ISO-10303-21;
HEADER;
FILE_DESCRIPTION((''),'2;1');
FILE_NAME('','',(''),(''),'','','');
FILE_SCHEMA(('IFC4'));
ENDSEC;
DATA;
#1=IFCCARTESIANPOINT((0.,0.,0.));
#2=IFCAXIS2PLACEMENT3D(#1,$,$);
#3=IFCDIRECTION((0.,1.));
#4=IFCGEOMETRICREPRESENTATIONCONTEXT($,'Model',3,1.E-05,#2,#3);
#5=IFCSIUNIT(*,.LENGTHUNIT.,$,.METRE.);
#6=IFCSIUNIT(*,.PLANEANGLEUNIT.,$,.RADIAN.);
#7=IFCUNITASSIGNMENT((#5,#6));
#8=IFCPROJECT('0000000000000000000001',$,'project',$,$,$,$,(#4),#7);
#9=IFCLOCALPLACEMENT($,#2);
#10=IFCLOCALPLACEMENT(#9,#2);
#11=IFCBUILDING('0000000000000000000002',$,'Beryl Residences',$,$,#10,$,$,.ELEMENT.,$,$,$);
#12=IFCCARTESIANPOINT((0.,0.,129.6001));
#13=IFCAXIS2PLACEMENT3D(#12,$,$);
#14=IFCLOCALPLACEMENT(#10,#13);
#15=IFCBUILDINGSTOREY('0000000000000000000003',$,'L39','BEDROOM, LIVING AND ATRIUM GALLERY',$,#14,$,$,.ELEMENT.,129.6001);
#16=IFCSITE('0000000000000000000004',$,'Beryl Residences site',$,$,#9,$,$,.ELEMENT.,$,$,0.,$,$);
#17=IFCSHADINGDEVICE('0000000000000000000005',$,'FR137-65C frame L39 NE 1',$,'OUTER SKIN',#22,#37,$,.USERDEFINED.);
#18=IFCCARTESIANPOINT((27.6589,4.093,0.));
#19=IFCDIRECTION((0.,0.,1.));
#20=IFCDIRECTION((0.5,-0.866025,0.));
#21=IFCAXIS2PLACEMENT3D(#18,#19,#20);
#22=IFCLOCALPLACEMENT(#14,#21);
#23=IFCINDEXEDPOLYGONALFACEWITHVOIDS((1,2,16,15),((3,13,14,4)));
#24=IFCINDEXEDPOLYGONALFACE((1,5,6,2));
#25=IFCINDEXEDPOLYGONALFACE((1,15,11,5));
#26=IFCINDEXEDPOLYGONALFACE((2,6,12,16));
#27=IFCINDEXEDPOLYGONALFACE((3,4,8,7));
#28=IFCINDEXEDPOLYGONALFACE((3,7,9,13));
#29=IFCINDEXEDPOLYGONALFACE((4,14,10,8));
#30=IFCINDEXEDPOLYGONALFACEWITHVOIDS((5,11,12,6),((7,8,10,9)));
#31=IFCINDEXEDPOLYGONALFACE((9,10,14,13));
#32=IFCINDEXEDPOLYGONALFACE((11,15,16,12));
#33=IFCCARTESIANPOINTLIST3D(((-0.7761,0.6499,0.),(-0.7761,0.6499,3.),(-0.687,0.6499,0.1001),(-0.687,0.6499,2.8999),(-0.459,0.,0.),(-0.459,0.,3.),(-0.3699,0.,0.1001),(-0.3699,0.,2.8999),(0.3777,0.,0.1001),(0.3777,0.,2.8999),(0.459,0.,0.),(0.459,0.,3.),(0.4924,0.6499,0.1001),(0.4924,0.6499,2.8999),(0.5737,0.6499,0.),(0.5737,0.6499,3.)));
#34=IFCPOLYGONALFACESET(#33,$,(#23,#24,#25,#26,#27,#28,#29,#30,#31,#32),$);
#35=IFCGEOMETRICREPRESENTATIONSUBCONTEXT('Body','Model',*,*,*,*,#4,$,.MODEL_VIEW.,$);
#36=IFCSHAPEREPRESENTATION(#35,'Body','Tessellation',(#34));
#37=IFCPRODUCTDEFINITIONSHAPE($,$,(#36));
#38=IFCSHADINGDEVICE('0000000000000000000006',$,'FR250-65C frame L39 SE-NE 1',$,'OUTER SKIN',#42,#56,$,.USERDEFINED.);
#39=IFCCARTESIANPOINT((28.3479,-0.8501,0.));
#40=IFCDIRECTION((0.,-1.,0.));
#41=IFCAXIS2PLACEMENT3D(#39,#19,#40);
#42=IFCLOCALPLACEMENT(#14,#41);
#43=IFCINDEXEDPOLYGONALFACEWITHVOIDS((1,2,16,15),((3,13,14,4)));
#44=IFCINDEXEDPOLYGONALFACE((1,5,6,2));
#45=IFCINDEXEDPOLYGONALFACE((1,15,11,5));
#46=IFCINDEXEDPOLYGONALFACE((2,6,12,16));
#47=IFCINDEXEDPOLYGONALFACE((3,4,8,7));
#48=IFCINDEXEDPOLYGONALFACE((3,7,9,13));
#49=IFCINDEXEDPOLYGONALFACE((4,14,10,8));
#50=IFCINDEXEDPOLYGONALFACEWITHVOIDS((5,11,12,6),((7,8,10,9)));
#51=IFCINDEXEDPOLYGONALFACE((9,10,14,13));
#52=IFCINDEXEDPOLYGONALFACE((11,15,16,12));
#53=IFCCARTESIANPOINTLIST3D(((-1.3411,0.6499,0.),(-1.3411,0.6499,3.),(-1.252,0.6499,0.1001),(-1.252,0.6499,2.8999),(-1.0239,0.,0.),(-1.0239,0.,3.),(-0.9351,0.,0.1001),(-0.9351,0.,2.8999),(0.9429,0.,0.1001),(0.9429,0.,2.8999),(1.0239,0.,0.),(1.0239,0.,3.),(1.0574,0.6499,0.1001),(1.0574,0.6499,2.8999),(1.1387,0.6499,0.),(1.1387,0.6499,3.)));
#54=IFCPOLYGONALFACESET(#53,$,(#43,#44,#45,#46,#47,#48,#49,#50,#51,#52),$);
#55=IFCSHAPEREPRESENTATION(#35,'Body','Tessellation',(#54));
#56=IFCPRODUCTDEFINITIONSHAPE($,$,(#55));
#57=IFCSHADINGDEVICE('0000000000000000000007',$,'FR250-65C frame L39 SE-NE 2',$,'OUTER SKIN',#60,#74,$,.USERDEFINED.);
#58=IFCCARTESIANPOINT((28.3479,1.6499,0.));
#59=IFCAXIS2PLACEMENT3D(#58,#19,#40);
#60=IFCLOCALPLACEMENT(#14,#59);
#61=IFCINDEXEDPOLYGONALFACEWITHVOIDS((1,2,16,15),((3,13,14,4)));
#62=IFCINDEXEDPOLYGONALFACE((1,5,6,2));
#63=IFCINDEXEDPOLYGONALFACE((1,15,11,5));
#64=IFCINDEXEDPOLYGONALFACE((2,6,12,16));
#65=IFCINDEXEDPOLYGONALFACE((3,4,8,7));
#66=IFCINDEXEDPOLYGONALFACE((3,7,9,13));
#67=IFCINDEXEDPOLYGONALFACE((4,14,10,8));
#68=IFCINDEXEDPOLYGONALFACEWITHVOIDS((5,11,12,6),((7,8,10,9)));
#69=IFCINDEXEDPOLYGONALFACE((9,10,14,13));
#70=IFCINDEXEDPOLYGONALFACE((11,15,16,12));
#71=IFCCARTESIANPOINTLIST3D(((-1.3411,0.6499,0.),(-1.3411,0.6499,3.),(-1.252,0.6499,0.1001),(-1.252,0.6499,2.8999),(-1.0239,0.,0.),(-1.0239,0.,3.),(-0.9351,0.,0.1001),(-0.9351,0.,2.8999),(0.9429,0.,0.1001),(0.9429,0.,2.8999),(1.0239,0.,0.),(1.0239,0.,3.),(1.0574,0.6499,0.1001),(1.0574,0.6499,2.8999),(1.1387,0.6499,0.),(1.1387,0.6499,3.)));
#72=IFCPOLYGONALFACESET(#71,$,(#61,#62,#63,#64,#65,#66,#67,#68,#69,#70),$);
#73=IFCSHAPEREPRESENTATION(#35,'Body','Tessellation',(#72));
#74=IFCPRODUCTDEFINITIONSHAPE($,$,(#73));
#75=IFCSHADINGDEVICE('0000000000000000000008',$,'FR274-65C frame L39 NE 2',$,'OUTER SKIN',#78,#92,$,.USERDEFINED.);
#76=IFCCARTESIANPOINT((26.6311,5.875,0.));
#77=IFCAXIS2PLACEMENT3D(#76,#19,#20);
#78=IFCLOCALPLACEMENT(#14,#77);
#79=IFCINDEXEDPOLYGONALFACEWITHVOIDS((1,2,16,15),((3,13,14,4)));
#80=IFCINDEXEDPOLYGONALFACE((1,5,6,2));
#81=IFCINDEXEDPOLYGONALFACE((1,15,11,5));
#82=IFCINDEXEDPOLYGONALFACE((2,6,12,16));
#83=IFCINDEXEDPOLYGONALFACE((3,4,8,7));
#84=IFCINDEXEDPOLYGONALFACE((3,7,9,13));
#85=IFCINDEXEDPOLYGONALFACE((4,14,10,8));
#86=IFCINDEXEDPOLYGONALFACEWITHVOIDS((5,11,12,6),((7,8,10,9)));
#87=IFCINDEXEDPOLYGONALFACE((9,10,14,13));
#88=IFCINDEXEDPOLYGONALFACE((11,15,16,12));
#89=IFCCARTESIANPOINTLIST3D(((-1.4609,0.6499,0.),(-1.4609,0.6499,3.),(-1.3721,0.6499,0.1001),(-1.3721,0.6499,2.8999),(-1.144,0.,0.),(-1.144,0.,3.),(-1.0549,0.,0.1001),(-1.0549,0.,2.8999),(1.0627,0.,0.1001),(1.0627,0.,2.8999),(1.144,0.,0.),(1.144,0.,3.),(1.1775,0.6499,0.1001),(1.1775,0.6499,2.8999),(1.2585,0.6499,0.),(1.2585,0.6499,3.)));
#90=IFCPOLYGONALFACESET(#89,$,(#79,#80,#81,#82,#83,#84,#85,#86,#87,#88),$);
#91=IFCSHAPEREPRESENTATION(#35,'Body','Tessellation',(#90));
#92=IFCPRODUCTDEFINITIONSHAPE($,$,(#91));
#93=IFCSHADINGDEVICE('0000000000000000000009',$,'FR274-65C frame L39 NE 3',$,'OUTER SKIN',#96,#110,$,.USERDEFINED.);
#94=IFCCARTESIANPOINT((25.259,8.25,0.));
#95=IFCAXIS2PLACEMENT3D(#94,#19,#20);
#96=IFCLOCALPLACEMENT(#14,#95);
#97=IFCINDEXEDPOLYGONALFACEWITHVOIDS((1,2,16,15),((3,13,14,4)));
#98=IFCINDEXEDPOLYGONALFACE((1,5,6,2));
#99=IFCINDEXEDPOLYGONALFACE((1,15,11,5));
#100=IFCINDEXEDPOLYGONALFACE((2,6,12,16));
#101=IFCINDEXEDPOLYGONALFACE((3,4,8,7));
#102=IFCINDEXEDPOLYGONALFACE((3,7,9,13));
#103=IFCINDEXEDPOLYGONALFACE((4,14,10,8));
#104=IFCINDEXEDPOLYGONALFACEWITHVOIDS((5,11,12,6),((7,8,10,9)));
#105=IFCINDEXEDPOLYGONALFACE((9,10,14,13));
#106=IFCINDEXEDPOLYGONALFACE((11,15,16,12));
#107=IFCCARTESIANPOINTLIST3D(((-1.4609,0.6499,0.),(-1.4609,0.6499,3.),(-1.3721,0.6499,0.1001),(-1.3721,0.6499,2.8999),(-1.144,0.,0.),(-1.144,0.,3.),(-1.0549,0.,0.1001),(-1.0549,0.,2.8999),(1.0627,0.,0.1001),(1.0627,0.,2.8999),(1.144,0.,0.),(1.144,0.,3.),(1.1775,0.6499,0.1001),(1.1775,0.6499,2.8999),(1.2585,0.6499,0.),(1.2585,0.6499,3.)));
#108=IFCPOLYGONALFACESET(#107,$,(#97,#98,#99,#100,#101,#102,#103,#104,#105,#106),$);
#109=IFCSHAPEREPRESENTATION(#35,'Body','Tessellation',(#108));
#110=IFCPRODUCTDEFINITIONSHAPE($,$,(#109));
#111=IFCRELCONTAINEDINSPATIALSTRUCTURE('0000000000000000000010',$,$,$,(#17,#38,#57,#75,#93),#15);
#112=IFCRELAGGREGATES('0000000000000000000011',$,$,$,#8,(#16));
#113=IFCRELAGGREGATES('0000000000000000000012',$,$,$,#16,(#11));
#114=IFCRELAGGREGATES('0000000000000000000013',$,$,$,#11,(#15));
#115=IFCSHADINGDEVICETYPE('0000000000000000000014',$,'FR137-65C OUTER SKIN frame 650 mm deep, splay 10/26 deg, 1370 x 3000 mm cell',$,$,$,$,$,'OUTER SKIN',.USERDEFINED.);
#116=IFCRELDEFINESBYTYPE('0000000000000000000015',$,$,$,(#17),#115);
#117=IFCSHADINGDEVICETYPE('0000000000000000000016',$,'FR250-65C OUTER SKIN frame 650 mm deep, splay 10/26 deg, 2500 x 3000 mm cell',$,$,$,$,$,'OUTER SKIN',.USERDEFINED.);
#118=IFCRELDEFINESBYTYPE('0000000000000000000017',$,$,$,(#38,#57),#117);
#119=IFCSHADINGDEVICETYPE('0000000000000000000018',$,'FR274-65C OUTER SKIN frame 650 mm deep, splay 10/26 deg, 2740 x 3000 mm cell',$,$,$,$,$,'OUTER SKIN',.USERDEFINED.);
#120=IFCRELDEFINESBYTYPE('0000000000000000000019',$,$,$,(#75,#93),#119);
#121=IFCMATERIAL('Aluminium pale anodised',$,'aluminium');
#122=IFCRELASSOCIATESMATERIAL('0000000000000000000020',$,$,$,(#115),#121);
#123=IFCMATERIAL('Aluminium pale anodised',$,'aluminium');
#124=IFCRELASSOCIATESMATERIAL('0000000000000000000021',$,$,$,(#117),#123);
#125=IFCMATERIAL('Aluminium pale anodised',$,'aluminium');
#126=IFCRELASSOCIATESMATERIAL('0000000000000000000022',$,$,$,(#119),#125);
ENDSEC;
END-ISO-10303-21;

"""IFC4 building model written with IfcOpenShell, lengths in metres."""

from ifc_helpers import new_model, entity, si_unit, direction, frame, origin, place, context, subcontext, project, spatial, source, transform, mapped, material, type_object, type_shapes, element, save


model = new_model("IFC4")

# Units and contexts
model_context = context("Model", 3, precision=1e-05, world=origin(), true_north=direction((0.0, 1.0)))
body_context = subcontext(model_context, "Body", "Model", "MODEL_VIEW")
ifc_project = project(units=[si_unit("LENGTHUNIT", "METRE"), si_unit("PLANEANGLEUNIT", "RADIAN")], contexts=[model_context])

# Site, building, storey
site_placement = place(None, origin())
site = spatial("IfcSite", under=ifc_project, at=site_placement, Name="Beryl Residences site", CompositionType="ELEMENT", RefElevation=0.0)
building_placement = place(site_placement, origin())
building = spatial("IfcBuilding", under=site, at=building_placement, Name="Beryl Residences", CompositionType="ELEMENT")
storey_placement = place(building_placement, frame((0.0, 0.0, 129.6001)))
storey = spatial("IfcBuildingStorey", under=building, at=storey_placement, Name="L39", Description="BEDROOM, LIVING AND ATRIUM GALLERY", CompositionType="ELEMENT", Elevation=129.6001)

# Shading devices
ifc_material_1 = material(Name="Aluminium pale anodised", Category="aluminium")
shading_device_type_1 = type_object("IfcShadingDeviceType", Name="FR137-65C OUTER SKIN frame 650 mm deep, splay 10/26 deg, 1370 x 3000 mm cell", ElementType="OUTER SKIN", PredefinedType="USERDEFINED", material=ifc_material_1)
cartesian_point_1 = entity("IfcCartesianPoint", [-0.459, 0.0])
cartesian_point_2 = entity("IfcCartesianPoint", [-0.3777, 0.1001])
cartesian_point_3 = entity("IfcCartesianPoint", [-0.5737, 0.0])
cartesian_point_4 = entity("IfcCartesianPoint", [-0.4924, 0.1001])
shared_shape_1 = source(origin(), body_context, "Body", "SweptSolid", [
    entity("IfcExtrudedAreaSolidTapered", entity("IfcArbitraryProfileDefWithVoids", "AREA", None, entity("IfcPolyline", [cartesian_point_1, entity("IfcCartesianPoint", [0.459, 0.0]), entity("IfcCartesianPoint", [0.459, 3.0]), entity("IfcCartesianPoint", [-0.459, 3.0]), cartesian_point_1]), [entity("IfcPolyline", [cartesian_point_2, entity("IfcCartesianPoint", [0.3699, 0.1001]), entity("IfcCartesianPoint", [0.3699, 2.8999]), entity("IfcCartesianPoint", [-0.3777, 2.8999]), cartesian_point_2])]), entity("IfcAxis2Placement3D", entity("IfcCartesianPoint", [0.0, 0.0, 0.0]), entity("IfcDirection", [0.0, 1.0, 0.0]), entity("IfcDirection", [-1.0, 0.0, 0.0])), entity("IfcDirection", [0.0, 0.0, 1.0]), 0.6499, entity("IfcArbitraryProfileDefWithVoids", "AREA", None, entity("IfcPolyline", [cartesian_point_3, entity("IfcCartesianPoint", [0.7761, 0.0]), entity("IfcCartesianPoint", [0.7761, 3.0]), entity("IfcCartesianPoint", [-0.5737, 3.0]), cartesian_point_3]), [entity("IfcPolyline", [cartesian_point_4, entity("IfcCartesianPoint", [0.687, 0.1001]), entity("IfcCartesianPoint", [0.687, 2.8999]), entity("IfcCartesianPoint", [-0.4924, 2.8999]), cartesian_point_4])])),
])
type_shapes(shading_device_type_1, [shared_shape_1])
shading_device_placement = place(storey_placement, frame((27.6589, 4.093, 0.0), z_axis=(0.0, 0.0, 1.0), x_axis=(0.5, -0.866025, 0.0)))
element("IfcShadingDevice", 1, at=shading_device_placement, inside=storey, type_object=shading_device_type_1, Name="FR137-65C frame L39 NE 1", ObjectType="OUTER SKIN", PredefinedType="USERDEFINED", context=body_context, shape_type="MappedRepresentation", body=[
    mapped(shared_shape_1, transform((0.0, 0.0, 0.0))),
])
ifc_material_2 = material(Name="Aluminium pale anodised", Category="aluminium")
shading_device_type_2 = type_object("IfcShadingDeviceType", Name="FR250-65C OUTER SKIN frame 650 mm deep, splay 10/26 deg, 2500 x 3000 mm cell", ElementType="OUTER SKIN", PredefinedType="USERDEFINED", material=ifc_material_2)
cartesian_point_5 = entity("IfcCartesianPoint", [-1.0239, 0.0])
cartesian_point_6 = entity("IfcCartesianPoint", [-0.9429, 0.1001])
cartesian_point_7 = entity("IfcCartesianPoint", [-1.1387, 0.0])
cartesian_point_8 = entity("IfcCartesianPoint", [-1.0574, 0.1001])
shared_shape_2 = source(origin(), body_context, "Body", "SweptSolid", [
    entity("IfcExtrudedAreaSolidTapered", entity("IfcArbitraryProfileDefWithVoids", "AREA", None, entity("IfcPolyline", [cartesian_point_5, entity("IfcCartesianPoint", [1.0239, 0.0]), entity("IfcCartesianPoint", [1.0239, 3.0]), entity("IfcCartesianPoint", [-1.0239, 3.0]), cartesian_point_5]), [entity("IfcPolyline", [cartesian_point_6, entity("IfcCartesianPoint", [0.9351, 0.1001]), entity("IfcCartesianPoint", [0.9351, 2.8999]), entity("IfcCartesianPoint", [-0.9429, 2.8999]), cartesian_point_6])]), entity("IfcAxis2Placement3D", entity("IfcCartesianPoint", [0.0, 0.0, 0.0]), entity("IfcDirection", [0.0, 1.0, 0.0]), entity("IfcDirection", [-1.0, 0.0, 0.0])), entity("IfcDirection", [0.0, 0.0, 1.0]), 0.6499, entity("IfcArbitraryProfileDefWithVoids", "AREA", None, entity("IfcPolyline", [cartesian_point_7, entity("IfcCartesianPoint", [1.3411, 0.0]), entity("IfcCartesianPoint", [1.3411, 3.0]), entity("IfcCartesianPoint", [-1.1387, 3.0]), cartesian_point_7]), [entity("IfcPolyline", [cartesian_point_8, entity("IfcCartesianPoint", [1.252, 0.1001]), entity("IfcCartesianPoint", [1.252, 2.8999]), entity("IfcCartesianPoint", [-1.0574, 2.8999]), cartesian_point_8])])),
])
type_shapes(shading_device_type_2, [shared_shape_2])
for number, where, z_axis, x_axis, name in (
    (2, (28.3479, -0.8501, 0.0), (0.0, 0.0, 1.0), (0.0, -1.0, 0.0), "FR250-65C frame L39 SE-NE 1"),
    (3, (28.3479, 1.6499, 0.0), (0.0, 0.0, 1.0), (0.0, -1.0, 0.0), "FR250-65C frame L39 SE-NE 2"),
):
    element("IfcShadingDevice", number, at=place(storey_placement, frame(where, z_axis=z_axis, x_axis=x_axis)), inside=storey, type_object=shading_device_type_2, Name=name, ObjectType="OUTER SKIN", PredefinedType="USERDEFINED", context=body_context, shape_type="MappedRepresentation", body=[
        mapped(shared_shape_2, transform((0.0, 0.0, 0.0))),
    ])
ifc_material_3 = material(Name="Aluminium pale anodised", Category="aluminium")
shading_device_type_3 = type_object("IfcShadingDeviceType", Name="FR274-65C OUTER SKIN frame 650 mm deep, splay 10/26 deg, 2740 x 3000 mm cell", ElementType="OUTER SKIN", PredefinedType="USERDEFINED", material=ifc_material_3)
cartesian_point_9 = entity("IfcCartesianPoint", [-1.144, 0.0])
cartesian_point_10 = entity("IfcCartesianPoint", [-1.0627, 0.1001])
cartesian_point_11 = entity("IfcCartesianPoint", [-1.2585, 0.0])
cartesian_point_12 = entity("IfcCartesianPoint", [-1.1775, 0.1001])
shared_shape_3 = source(origin(), body_context, "Body", "SweptSolid", [
    entity("IfcExtrudedAreaSolidTapered", entity("IfcArbitraryProfileDefWithVoids", "AREA", None, entity("IfcPolyline", [cartesian_point_9, entity("IfcCartesianPoint", [1.144, 0.0]), entity("IfcCartesianPoint", [1.144, 3.0]), entity("IfcCartesianPoint", [-1.144, 3.0]), cartesian_point_9]), [entity("IfcPolyline", [cartesian_point_10, entity("IfcCartesianPoint", [1.0549, 0.1001]), entity("IfcCartesianPoint", [1.0549, 2.8999]), entity("IfcCartesianPoint", [-1.0627, 2.8999]), cartesian_point_10])]), entity("IfcAxis2Placement3D", entity("IfcCartesianPoint", [0.0, 0.0, 0.0]), entity("IfcDirection", [0.0, 1.0, 0.0]), entity("IfcDirection", [-1.0, 0.0, 0.0])), entity("IfcDirection", [0.0, 0.0, 1.0]), 0.6499, entity("IfcArbitraryProfileDefWithVoids", "AREA", None, entity("IfcPolyline", [cartesian_point_11, entity("IfcCartesianPoint", [1.4609, 0.0]), entity("IfcCartesianPoint", [1.4609, 3.0]), entity("IfcCartesianPoint", [-1.2585, 3.0]), cartesian_point_11]), [entity("IfcPolyline", [cartesian_point_12, entity("IfcCartesianPoint", [1.3721, 0.1001]), entity("IfcCartesianPoint", [1.3721, 2.8999]), entity("IfcCartesianPoint", [-1.1775, 2.8999]), cartesian_point_12])])),
])
type_shapes(shading_device_type_3, [shared_shape_3])
for number, where, z_axis, x_axis, name in (
    (4, (26.6311, 5.875, 0.0), (0.0, 0.0, 1.0), (0.5, -0.866025, 0.0), "FR274-65C frame L39 NE 2"),
    (5, (25.259, 8.25, 0.0), (0.0, 0.0, 1.0), (0.5, -0.866025, 0.0), "FR274-65C frame L39 NE 3"),
):
    element("IfcShadingDevice", number, at=place(storey_placement, frame(where, z_axis=z_axis, x_axis=x_axis)), inside=storey, type_object=shading_device_type_3, Name=name, ObjectType="OUTER SKIN", PredefinedType="USERDEFINED", context=body_context, shape_type="MappedRepresentation", body=[
        mapped(shared_shape_3, transform((0.0, 0.0, 0.0))),
    ])

save(model, "model.ifc")
